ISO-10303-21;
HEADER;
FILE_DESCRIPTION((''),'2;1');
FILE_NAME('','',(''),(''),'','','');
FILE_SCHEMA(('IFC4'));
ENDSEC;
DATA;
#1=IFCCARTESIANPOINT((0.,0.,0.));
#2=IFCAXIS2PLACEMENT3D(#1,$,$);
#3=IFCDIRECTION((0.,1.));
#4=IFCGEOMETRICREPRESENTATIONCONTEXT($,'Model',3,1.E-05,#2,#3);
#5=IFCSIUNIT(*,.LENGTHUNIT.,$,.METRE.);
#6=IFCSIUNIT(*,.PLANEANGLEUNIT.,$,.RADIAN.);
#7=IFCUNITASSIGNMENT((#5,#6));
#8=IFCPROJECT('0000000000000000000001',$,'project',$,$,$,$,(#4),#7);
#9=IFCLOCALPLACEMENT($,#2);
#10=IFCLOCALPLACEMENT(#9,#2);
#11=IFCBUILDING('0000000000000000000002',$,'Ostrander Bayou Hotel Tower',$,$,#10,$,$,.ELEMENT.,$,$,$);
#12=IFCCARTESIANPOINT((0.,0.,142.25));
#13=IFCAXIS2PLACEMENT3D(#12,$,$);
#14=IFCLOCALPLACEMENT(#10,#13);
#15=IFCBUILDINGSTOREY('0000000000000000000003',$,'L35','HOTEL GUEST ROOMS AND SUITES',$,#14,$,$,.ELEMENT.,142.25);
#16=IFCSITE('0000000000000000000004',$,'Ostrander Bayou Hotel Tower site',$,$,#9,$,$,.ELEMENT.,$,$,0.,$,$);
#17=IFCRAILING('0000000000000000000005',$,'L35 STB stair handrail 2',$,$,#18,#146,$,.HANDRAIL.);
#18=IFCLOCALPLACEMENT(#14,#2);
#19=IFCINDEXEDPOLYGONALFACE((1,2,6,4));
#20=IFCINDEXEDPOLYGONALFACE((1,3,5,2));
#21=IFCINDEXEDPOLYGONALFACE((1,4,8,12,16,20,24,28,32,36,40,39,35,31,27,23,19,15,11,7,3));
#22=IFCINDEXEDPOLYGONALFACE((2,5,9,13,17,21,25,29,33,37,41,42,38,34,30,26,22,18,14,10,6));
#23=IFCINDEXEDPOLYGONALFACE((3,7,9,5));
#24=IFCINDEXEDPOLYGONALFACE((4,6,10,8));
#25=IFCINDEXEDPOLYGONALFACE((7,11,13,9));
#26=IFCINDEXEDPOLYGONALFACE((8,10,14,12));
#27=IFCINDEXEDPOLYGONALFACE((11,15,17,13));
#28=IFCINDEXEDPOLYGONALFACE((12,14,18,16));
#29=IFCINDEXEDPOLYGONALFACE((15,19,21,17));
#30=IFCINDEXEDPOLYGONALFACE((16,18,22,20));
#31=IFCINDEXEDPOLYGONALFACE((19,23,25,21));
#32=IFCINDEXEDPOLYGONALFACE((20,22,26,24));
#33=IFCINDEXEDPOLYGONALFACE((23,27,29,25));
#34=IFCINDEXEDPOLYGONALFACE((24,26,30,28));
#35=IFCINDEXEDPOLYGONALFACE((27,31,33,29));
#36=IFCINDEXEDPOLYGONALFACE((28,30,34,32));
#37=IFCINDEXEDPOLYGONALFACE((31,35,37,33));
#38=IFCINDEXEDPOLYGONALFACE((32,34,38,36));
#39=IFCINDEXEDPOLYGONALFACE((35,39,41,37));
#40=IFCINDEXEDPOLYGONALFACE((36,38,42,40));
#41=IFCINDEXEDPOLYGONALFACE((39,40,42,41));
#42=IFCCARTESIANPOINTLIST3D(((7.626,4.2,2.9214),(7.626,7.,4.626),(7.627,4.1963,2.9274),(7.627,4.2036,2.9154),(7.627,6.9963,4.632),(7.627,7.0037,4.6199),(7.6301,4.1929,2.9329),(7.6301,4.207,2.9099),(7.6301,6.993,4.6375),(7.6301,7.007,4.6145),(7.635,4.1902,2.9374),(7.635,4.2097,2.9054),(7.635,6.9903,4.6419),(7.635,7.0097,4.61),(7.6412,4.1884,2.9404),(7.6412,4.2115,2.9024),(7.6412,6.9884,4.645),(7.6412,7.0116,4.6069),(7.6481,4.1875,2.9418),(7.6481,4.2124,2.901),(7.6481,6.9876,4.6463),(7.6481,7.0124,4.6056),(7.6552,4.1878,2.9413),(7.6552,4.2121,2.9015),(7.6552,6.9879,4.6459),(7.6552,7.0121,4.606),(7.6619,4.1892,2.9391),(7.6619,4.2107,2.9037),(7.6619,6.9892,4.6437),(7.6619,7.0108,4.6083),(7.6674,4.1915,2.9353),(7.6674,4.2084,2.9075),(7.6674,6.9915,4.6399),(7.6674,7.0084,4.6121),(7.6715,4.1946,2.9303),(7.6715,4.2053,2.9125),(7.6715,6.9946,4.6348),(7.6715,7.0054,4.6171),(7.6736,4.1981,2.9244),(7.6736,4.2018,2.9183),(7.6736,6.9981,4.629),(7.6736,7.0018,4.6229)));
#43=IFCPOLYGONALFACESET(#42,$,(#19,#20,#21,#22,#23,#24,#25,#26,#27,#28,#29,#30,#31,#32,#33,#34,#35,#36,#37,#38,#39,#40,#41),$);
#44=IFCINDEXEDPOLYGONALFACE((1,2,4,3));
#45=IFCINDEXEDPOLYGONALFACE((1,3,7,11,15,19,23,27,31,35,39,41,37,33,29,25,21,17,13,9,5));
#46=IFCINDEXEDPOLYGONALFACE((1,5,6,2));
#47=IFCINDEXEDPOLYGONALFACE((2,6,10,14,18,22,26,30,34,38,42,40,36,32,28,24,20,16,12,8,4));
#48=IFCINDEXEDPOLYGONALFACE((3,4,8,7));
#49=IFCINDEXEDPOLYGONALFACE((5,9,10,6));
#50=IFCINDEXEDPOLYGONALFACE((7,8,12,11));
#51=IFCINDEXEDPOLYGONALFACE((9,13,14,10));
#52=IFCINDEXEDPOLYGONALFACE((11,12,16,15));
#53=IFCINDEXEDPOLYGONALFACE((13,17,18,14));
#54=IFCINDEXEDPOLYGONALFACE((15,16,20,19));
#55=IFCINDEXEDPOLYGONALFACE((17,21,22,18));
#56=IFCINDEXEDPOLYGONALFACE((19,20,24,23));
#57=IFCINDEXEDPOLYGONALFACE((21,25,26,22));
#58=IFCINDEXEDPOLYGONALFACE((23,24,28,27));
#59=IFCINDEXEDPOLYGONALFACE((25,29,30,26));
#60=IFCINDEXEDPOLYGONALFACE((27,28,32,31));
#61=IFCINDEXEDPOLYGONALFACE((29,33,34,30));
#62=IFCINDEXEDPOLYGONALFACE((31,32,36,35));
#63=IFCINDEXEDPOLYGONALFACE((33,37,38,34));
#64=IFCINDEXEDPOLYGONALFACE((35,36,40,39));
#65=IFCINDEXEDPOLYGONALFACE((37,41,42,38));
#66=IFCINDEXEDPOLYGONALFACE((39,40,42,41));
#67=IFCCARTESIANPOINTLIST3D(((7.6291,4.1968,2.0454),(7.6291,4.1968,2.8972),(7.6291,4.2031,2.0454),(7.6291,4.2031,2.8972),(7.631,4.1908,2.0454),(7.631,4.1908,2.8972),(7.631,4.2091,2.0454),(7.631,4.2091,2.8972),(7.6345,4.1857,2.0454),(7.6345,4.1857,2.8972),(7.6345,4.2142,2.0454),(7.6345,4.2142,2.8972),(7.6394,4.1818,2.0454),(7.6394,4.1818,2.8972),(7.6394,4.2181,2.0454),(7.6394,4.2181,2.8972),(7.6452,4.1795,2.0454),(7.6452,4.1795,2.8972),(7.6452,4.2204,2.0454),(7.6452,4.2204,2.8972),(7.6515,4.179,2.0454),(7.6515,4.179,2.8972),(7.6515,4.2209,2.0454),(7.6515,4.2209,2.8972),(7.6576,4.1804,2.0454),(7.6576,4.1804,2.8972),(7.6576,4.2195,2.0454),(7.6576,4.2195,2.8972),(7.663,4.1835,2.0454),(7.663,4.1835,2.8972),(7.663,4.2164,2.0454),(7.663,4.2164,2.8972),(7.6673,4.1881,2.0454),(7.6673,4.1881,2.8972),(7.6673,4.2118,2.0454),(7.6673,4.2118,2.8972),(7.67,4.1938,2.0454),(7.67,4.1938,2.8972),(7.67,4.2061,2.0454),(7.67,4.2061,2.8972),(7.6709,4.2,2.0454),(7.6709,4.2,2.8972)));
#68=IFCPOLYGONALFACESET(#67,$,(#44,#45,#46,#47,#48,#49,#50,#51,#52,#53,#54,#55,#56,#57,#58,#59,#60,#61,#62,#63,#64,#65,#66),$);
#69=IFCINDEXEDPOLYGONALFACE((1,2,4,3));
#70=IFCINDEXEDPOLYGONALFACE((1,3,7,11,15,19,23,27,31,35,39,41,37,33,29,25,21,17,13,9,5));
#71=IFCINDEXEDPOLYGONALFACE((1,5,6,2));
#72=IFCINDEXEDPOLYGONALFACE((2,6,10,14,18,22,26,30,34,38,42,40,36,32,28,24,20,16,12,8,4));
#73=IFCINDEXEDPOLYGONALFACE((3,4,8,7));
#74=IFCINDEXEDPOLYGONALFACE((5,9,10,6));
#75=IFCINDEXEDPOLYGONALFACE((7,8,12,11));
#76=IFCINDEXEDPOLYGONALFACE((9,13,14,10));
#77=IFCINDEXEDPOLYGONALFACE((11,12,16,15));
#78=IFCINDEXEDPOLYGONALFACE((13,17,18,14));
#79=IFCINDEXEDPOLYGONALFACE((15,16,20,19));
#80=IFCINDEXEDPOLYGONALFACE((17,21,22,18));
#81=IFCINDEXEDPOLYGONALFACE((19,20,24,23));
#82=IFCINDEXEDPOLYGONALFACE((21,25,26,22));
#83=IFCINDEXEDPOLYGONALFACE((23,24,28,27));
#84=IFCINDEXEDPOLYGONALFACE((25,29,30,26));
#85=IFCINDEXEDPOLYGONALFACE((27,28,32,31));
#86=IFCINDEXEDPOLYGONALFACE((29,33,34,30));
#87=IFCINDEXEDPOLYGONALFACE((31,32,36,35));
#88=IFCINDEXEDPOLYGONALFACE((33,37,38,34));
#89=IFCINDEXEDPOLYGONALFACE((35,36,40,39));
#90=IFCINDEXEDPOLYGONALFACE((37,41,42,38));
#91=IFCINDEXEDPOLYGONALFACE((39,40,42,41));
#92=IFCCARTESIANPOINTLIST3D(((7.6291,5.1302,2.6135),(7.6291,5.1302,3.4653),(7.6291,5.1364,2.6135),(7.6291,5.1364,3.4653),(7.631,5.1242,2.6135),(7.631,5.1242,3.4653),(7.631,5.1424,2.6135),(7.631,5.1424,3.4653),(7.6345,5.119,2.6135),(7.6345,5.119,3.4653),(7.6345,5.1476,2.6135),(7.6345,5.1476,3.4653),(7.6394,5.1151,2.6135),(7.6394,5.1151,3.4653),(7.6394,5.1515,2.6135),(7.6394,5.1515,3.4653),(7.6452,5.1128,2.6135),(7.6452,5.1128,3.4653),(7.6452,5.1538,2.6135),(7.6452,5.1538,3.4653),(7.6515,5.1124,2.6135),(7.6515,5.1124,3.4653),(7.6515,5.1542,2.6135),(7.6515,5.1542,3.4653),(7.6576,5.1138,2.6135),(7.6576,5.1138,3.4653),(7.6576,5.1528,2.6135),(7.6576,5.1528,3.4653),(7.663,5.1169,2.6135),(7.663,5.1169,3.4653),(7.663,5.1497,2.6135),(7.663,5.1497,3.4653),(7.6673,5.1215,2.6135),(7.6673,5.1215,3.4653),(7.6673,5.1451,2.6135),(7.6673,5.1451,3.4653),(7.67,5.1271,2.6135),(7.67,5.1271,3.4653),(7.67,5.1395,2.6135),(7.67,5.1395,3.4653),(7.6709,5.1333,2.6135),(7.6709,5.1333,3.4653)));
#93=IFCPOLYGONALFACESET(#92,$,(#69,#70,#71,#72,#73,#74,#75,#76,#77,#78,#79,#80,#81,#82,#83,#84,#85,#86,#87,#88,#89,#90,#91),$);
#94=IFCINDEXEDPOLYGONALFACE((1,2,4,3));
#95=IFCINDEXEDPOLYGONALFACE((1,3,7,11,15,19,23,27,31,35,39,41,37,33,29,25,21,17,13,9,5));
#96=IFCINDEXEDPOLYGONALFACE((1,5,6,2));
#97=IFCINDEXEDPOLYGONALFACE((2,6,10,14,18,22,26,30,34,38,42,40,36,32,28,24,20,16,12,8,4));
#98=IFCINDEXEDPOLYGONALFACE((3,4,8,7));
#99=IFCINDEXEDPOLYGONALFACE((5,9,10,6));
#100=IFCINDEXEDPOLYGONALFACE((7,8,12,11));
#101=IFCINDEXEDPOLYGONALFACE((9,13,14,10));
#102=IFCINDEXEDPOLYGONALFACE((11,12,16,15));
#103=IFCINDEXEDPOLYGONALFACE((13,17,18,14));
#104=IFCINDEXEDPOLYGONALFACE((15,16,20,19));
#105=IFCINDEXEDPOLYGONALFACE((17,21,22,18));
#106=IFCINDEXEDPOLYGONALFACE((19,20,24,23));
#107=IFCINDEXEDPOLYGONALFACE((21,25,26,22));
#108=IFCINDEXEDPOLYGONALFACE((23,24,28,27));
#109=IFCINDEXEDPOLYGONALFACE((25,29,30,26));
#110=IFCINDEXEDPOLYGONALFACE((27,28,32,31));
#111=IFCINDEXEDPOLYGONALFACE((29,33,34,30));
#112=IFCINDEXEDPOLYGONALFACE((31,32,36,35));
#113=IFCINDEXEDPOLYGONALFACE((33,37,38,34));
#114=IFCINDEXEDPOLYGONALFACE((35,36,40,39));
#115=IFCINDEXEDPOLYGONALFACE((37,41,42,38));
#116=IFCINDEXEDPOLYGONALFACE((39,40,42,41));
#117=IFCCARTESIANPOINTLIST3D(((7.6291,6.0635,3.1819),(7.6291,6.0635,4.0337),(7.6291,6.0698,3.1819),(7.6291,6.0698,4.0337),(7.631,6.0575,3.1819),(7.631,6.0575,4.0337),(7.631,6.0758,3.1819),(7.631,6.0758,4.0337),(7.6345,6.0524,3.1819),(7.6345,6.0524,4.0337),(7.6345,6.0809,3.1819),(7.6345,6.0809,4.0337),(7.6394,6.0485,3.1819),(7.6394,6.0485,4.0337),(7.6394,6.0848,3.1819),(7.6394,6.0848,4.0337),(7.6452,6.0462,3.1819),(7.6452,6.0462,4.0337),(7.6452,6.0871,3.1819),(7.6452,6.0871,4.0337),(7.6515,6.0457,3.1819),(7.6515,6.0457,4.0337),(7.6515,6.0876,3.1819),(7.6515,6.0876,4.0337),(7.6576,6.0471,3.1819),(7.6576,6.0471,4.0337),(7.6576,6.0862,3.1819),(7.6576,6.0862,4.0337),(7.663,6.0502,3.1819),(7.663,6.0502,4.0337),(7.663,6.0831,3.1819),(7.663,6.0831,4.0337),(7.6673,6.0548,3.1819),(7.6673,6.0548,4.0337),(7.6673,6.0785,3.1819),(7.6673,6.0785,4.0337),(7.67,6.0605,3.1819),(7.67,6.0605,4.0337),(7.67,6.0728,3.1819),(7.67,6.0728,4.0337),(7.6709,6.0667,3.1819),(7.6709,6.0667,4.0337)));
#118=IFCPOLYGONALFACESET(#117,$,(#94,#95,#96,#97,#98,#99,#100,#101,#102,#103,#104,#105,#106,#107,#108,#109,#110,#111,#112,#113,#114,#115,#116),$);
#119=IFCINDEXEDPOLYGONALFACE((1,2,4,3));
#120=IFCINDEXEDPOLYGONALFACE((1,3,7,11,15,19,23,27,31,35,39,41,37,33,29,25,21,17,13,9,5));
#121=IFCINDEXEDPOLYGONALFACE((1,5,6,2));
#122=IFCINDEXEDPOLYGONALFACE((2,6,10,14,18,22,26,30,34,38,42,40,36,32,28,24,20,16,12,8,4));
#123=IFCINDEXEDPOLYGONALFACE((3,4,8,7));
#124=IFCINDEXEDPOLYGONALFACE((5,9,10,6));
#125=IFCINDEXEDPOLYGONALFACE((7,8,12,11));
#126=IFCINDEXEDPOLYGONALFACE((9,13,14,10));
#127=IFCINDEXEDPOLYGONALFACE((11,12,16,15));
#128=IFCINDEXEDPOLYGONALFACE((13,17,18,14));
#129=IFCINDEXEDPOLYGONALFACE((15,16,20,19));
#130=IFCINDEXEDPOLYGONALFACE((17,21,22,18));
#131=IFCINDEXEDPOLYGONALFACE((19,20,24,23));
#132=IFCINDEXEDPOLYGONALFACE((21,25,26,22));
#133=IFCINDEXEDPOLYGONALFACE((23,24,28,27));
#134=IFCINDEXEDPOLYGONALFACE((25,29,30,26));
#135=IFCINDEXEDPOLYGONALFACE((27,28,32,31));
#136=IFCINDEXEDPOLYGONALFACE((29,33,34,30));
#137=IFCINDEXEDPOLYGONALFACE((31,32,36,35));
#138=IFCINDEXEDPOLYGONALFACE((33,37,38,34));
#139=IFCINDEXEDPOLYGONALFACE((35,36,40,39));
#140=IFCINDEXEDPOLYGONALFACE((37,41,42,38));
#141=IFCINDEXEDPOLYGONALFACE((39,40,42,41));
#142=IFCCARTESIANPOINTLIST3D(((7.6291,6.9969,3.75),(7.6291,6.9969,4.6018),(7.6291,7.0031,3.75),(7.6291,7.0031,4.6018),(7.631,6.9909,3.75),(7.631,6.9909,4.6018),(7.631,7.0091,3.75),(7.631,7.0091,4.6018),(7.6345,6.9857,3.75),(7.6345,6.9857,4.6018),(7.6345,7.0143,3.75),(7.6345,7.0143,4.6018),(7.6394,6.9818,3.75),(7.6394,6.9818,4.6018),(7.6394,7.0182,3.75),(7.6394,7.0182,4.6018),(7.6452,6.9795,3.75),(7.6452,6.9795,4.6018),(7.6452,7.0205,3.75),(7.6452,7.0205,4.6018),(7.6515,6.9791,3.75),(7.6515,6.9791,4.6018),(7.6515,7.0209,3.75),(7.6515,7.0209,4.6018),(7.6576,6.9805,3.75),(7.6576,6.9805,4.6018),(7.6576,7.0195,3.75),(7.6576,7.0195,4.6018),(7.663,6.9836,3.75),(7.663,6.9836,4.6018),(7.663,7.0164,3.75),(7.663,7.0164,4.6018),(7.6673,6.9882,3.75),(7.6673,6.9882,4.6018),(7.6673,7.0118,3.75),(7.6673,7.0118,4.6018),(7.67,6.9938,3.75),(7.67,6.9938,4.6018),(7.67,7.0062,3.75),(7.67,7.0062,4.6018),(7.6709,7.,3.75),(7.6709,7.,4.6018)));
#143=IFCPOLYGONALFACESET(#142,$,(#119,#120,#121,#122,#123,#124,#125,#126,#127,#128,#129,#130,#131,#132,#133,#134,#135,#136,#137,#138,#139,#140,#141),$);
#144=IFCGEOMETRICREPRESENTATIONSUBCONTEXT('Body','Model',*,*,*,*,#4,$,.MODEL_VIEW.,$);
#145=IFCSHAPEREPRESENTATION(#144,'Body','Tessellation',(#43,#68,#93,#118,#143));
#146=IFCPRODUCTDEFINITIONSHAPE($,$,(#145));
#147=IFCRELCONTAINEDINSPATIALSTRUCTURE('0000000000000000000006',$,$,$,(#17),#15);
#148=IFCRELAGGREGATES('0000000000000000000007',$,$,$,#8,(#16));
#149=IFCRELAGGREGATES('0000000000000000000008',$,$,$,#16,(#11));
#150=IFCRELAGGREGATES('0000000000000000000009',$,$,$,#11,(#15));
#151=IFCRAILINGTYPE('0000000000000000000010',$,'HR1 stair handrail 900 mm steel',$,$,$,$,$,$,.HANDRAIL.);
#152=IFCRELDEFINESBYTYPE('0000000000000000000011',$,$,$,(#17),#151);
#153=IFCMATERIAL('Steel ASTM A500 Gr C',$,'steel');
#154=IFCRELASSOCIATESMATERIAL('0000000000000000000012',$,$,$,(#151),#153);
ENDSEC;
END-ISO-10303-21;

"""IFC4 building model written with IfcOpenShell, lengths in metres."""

from ifc_helpers import new_model, si_unit, direction, frame, origin, origin_2d, place, context, subcontext, project, spatial, circle, extrude, material, type_object, element, save


model = new_model("IFC4")

# Units and contexts
model_context = context("Model", 3, precision=1e-05, world=origin(), true_north=direction((0.0, 1.0)))
body_context = subcontext(model_context, "Body", "Model", "MODEL_VIEW")
ifc_project = project(units=[si_unit("LENGTHUNIT", "METRE"), si_unit("PLANEANGLEUNIT", "RADIAN")], contexts=[model_context])

# Site, building, storey
site_placement = place(None, origin())
site = spatial("IfcSite", under=ifc_project, at=site_placement, Name="Ostrander Bayou Hotel Tower site", CompositionType="ELEMENT", RefElevation=0.0)
building_placement = place(site_placement, origin())
building = spatial("IfcBuilding", under=site, at=building_placement, Name="Ostrander Bayou Hotel Tower", CompositionType="ELEMENT")
storey_placement = place(building_placement, frame((0.0, 0.0, 142.25)))
storey = spatial("IfcBuildingStorey", under=building, at=storey_placement, Name="L35", Description="HOTEL GUEST ROOMS AND SUITES", CompositionType="ELEMENT", Elevation=142.25)

# Railing
ifc_material_1 = material(Name="Steel ASTM A500 Gr C", Category="steel")
railing_type_1 = type_object("IfcRailingType", Name="HR1 stair handrail 900 mm steel", PredefinedType="HANDRAIL", material=ifc_material_1)
railing_1_placement = place(storey_placement, frame((7.6499, 4.2, 2.0454)))
element("IfcRailing", 1, at=railing_1_placement, inside=storey, type_object=railing_type_1, Name="L35 STB stair handrail 2", PredefinedType="HANDRAIL", context=body_context, shape_type="SweptSolid", body=[
    extrude(circle(Radius=0.0239, at=origin_2d()), frame((0.0, 0.0, 0.876), z_axis=(0.0, 0.85417, 0.519994), x_axis=(-1.0, 0.0, 0.0)), (0.0, 0.0, 1.0), 3.2781),
    extrude(circle(Radius=0.021, at=origin_2d()), origin(), (0.0, 0.0, 1.0), 0.8518),
    extrude(circle(Radius=0.021, at=origin_2d()), frame((0.0, 0.9333, 0.5681)), (0.0, 0.0, 1.0), 0.8518),
    extrude(circle(Radius=0.021, at=origin_2d()), frame((0.0, 1.8667, 1.1365)), (0.0, 0.0, 1.0), 0.8518),
    extrude(circle(Radius=0.021, at=origin_2d()), frame((0.0, 2.8, 1.7046)), (0.0, 0.0, 1.0), 0.8518),
])

save(model, "model.ifc")
